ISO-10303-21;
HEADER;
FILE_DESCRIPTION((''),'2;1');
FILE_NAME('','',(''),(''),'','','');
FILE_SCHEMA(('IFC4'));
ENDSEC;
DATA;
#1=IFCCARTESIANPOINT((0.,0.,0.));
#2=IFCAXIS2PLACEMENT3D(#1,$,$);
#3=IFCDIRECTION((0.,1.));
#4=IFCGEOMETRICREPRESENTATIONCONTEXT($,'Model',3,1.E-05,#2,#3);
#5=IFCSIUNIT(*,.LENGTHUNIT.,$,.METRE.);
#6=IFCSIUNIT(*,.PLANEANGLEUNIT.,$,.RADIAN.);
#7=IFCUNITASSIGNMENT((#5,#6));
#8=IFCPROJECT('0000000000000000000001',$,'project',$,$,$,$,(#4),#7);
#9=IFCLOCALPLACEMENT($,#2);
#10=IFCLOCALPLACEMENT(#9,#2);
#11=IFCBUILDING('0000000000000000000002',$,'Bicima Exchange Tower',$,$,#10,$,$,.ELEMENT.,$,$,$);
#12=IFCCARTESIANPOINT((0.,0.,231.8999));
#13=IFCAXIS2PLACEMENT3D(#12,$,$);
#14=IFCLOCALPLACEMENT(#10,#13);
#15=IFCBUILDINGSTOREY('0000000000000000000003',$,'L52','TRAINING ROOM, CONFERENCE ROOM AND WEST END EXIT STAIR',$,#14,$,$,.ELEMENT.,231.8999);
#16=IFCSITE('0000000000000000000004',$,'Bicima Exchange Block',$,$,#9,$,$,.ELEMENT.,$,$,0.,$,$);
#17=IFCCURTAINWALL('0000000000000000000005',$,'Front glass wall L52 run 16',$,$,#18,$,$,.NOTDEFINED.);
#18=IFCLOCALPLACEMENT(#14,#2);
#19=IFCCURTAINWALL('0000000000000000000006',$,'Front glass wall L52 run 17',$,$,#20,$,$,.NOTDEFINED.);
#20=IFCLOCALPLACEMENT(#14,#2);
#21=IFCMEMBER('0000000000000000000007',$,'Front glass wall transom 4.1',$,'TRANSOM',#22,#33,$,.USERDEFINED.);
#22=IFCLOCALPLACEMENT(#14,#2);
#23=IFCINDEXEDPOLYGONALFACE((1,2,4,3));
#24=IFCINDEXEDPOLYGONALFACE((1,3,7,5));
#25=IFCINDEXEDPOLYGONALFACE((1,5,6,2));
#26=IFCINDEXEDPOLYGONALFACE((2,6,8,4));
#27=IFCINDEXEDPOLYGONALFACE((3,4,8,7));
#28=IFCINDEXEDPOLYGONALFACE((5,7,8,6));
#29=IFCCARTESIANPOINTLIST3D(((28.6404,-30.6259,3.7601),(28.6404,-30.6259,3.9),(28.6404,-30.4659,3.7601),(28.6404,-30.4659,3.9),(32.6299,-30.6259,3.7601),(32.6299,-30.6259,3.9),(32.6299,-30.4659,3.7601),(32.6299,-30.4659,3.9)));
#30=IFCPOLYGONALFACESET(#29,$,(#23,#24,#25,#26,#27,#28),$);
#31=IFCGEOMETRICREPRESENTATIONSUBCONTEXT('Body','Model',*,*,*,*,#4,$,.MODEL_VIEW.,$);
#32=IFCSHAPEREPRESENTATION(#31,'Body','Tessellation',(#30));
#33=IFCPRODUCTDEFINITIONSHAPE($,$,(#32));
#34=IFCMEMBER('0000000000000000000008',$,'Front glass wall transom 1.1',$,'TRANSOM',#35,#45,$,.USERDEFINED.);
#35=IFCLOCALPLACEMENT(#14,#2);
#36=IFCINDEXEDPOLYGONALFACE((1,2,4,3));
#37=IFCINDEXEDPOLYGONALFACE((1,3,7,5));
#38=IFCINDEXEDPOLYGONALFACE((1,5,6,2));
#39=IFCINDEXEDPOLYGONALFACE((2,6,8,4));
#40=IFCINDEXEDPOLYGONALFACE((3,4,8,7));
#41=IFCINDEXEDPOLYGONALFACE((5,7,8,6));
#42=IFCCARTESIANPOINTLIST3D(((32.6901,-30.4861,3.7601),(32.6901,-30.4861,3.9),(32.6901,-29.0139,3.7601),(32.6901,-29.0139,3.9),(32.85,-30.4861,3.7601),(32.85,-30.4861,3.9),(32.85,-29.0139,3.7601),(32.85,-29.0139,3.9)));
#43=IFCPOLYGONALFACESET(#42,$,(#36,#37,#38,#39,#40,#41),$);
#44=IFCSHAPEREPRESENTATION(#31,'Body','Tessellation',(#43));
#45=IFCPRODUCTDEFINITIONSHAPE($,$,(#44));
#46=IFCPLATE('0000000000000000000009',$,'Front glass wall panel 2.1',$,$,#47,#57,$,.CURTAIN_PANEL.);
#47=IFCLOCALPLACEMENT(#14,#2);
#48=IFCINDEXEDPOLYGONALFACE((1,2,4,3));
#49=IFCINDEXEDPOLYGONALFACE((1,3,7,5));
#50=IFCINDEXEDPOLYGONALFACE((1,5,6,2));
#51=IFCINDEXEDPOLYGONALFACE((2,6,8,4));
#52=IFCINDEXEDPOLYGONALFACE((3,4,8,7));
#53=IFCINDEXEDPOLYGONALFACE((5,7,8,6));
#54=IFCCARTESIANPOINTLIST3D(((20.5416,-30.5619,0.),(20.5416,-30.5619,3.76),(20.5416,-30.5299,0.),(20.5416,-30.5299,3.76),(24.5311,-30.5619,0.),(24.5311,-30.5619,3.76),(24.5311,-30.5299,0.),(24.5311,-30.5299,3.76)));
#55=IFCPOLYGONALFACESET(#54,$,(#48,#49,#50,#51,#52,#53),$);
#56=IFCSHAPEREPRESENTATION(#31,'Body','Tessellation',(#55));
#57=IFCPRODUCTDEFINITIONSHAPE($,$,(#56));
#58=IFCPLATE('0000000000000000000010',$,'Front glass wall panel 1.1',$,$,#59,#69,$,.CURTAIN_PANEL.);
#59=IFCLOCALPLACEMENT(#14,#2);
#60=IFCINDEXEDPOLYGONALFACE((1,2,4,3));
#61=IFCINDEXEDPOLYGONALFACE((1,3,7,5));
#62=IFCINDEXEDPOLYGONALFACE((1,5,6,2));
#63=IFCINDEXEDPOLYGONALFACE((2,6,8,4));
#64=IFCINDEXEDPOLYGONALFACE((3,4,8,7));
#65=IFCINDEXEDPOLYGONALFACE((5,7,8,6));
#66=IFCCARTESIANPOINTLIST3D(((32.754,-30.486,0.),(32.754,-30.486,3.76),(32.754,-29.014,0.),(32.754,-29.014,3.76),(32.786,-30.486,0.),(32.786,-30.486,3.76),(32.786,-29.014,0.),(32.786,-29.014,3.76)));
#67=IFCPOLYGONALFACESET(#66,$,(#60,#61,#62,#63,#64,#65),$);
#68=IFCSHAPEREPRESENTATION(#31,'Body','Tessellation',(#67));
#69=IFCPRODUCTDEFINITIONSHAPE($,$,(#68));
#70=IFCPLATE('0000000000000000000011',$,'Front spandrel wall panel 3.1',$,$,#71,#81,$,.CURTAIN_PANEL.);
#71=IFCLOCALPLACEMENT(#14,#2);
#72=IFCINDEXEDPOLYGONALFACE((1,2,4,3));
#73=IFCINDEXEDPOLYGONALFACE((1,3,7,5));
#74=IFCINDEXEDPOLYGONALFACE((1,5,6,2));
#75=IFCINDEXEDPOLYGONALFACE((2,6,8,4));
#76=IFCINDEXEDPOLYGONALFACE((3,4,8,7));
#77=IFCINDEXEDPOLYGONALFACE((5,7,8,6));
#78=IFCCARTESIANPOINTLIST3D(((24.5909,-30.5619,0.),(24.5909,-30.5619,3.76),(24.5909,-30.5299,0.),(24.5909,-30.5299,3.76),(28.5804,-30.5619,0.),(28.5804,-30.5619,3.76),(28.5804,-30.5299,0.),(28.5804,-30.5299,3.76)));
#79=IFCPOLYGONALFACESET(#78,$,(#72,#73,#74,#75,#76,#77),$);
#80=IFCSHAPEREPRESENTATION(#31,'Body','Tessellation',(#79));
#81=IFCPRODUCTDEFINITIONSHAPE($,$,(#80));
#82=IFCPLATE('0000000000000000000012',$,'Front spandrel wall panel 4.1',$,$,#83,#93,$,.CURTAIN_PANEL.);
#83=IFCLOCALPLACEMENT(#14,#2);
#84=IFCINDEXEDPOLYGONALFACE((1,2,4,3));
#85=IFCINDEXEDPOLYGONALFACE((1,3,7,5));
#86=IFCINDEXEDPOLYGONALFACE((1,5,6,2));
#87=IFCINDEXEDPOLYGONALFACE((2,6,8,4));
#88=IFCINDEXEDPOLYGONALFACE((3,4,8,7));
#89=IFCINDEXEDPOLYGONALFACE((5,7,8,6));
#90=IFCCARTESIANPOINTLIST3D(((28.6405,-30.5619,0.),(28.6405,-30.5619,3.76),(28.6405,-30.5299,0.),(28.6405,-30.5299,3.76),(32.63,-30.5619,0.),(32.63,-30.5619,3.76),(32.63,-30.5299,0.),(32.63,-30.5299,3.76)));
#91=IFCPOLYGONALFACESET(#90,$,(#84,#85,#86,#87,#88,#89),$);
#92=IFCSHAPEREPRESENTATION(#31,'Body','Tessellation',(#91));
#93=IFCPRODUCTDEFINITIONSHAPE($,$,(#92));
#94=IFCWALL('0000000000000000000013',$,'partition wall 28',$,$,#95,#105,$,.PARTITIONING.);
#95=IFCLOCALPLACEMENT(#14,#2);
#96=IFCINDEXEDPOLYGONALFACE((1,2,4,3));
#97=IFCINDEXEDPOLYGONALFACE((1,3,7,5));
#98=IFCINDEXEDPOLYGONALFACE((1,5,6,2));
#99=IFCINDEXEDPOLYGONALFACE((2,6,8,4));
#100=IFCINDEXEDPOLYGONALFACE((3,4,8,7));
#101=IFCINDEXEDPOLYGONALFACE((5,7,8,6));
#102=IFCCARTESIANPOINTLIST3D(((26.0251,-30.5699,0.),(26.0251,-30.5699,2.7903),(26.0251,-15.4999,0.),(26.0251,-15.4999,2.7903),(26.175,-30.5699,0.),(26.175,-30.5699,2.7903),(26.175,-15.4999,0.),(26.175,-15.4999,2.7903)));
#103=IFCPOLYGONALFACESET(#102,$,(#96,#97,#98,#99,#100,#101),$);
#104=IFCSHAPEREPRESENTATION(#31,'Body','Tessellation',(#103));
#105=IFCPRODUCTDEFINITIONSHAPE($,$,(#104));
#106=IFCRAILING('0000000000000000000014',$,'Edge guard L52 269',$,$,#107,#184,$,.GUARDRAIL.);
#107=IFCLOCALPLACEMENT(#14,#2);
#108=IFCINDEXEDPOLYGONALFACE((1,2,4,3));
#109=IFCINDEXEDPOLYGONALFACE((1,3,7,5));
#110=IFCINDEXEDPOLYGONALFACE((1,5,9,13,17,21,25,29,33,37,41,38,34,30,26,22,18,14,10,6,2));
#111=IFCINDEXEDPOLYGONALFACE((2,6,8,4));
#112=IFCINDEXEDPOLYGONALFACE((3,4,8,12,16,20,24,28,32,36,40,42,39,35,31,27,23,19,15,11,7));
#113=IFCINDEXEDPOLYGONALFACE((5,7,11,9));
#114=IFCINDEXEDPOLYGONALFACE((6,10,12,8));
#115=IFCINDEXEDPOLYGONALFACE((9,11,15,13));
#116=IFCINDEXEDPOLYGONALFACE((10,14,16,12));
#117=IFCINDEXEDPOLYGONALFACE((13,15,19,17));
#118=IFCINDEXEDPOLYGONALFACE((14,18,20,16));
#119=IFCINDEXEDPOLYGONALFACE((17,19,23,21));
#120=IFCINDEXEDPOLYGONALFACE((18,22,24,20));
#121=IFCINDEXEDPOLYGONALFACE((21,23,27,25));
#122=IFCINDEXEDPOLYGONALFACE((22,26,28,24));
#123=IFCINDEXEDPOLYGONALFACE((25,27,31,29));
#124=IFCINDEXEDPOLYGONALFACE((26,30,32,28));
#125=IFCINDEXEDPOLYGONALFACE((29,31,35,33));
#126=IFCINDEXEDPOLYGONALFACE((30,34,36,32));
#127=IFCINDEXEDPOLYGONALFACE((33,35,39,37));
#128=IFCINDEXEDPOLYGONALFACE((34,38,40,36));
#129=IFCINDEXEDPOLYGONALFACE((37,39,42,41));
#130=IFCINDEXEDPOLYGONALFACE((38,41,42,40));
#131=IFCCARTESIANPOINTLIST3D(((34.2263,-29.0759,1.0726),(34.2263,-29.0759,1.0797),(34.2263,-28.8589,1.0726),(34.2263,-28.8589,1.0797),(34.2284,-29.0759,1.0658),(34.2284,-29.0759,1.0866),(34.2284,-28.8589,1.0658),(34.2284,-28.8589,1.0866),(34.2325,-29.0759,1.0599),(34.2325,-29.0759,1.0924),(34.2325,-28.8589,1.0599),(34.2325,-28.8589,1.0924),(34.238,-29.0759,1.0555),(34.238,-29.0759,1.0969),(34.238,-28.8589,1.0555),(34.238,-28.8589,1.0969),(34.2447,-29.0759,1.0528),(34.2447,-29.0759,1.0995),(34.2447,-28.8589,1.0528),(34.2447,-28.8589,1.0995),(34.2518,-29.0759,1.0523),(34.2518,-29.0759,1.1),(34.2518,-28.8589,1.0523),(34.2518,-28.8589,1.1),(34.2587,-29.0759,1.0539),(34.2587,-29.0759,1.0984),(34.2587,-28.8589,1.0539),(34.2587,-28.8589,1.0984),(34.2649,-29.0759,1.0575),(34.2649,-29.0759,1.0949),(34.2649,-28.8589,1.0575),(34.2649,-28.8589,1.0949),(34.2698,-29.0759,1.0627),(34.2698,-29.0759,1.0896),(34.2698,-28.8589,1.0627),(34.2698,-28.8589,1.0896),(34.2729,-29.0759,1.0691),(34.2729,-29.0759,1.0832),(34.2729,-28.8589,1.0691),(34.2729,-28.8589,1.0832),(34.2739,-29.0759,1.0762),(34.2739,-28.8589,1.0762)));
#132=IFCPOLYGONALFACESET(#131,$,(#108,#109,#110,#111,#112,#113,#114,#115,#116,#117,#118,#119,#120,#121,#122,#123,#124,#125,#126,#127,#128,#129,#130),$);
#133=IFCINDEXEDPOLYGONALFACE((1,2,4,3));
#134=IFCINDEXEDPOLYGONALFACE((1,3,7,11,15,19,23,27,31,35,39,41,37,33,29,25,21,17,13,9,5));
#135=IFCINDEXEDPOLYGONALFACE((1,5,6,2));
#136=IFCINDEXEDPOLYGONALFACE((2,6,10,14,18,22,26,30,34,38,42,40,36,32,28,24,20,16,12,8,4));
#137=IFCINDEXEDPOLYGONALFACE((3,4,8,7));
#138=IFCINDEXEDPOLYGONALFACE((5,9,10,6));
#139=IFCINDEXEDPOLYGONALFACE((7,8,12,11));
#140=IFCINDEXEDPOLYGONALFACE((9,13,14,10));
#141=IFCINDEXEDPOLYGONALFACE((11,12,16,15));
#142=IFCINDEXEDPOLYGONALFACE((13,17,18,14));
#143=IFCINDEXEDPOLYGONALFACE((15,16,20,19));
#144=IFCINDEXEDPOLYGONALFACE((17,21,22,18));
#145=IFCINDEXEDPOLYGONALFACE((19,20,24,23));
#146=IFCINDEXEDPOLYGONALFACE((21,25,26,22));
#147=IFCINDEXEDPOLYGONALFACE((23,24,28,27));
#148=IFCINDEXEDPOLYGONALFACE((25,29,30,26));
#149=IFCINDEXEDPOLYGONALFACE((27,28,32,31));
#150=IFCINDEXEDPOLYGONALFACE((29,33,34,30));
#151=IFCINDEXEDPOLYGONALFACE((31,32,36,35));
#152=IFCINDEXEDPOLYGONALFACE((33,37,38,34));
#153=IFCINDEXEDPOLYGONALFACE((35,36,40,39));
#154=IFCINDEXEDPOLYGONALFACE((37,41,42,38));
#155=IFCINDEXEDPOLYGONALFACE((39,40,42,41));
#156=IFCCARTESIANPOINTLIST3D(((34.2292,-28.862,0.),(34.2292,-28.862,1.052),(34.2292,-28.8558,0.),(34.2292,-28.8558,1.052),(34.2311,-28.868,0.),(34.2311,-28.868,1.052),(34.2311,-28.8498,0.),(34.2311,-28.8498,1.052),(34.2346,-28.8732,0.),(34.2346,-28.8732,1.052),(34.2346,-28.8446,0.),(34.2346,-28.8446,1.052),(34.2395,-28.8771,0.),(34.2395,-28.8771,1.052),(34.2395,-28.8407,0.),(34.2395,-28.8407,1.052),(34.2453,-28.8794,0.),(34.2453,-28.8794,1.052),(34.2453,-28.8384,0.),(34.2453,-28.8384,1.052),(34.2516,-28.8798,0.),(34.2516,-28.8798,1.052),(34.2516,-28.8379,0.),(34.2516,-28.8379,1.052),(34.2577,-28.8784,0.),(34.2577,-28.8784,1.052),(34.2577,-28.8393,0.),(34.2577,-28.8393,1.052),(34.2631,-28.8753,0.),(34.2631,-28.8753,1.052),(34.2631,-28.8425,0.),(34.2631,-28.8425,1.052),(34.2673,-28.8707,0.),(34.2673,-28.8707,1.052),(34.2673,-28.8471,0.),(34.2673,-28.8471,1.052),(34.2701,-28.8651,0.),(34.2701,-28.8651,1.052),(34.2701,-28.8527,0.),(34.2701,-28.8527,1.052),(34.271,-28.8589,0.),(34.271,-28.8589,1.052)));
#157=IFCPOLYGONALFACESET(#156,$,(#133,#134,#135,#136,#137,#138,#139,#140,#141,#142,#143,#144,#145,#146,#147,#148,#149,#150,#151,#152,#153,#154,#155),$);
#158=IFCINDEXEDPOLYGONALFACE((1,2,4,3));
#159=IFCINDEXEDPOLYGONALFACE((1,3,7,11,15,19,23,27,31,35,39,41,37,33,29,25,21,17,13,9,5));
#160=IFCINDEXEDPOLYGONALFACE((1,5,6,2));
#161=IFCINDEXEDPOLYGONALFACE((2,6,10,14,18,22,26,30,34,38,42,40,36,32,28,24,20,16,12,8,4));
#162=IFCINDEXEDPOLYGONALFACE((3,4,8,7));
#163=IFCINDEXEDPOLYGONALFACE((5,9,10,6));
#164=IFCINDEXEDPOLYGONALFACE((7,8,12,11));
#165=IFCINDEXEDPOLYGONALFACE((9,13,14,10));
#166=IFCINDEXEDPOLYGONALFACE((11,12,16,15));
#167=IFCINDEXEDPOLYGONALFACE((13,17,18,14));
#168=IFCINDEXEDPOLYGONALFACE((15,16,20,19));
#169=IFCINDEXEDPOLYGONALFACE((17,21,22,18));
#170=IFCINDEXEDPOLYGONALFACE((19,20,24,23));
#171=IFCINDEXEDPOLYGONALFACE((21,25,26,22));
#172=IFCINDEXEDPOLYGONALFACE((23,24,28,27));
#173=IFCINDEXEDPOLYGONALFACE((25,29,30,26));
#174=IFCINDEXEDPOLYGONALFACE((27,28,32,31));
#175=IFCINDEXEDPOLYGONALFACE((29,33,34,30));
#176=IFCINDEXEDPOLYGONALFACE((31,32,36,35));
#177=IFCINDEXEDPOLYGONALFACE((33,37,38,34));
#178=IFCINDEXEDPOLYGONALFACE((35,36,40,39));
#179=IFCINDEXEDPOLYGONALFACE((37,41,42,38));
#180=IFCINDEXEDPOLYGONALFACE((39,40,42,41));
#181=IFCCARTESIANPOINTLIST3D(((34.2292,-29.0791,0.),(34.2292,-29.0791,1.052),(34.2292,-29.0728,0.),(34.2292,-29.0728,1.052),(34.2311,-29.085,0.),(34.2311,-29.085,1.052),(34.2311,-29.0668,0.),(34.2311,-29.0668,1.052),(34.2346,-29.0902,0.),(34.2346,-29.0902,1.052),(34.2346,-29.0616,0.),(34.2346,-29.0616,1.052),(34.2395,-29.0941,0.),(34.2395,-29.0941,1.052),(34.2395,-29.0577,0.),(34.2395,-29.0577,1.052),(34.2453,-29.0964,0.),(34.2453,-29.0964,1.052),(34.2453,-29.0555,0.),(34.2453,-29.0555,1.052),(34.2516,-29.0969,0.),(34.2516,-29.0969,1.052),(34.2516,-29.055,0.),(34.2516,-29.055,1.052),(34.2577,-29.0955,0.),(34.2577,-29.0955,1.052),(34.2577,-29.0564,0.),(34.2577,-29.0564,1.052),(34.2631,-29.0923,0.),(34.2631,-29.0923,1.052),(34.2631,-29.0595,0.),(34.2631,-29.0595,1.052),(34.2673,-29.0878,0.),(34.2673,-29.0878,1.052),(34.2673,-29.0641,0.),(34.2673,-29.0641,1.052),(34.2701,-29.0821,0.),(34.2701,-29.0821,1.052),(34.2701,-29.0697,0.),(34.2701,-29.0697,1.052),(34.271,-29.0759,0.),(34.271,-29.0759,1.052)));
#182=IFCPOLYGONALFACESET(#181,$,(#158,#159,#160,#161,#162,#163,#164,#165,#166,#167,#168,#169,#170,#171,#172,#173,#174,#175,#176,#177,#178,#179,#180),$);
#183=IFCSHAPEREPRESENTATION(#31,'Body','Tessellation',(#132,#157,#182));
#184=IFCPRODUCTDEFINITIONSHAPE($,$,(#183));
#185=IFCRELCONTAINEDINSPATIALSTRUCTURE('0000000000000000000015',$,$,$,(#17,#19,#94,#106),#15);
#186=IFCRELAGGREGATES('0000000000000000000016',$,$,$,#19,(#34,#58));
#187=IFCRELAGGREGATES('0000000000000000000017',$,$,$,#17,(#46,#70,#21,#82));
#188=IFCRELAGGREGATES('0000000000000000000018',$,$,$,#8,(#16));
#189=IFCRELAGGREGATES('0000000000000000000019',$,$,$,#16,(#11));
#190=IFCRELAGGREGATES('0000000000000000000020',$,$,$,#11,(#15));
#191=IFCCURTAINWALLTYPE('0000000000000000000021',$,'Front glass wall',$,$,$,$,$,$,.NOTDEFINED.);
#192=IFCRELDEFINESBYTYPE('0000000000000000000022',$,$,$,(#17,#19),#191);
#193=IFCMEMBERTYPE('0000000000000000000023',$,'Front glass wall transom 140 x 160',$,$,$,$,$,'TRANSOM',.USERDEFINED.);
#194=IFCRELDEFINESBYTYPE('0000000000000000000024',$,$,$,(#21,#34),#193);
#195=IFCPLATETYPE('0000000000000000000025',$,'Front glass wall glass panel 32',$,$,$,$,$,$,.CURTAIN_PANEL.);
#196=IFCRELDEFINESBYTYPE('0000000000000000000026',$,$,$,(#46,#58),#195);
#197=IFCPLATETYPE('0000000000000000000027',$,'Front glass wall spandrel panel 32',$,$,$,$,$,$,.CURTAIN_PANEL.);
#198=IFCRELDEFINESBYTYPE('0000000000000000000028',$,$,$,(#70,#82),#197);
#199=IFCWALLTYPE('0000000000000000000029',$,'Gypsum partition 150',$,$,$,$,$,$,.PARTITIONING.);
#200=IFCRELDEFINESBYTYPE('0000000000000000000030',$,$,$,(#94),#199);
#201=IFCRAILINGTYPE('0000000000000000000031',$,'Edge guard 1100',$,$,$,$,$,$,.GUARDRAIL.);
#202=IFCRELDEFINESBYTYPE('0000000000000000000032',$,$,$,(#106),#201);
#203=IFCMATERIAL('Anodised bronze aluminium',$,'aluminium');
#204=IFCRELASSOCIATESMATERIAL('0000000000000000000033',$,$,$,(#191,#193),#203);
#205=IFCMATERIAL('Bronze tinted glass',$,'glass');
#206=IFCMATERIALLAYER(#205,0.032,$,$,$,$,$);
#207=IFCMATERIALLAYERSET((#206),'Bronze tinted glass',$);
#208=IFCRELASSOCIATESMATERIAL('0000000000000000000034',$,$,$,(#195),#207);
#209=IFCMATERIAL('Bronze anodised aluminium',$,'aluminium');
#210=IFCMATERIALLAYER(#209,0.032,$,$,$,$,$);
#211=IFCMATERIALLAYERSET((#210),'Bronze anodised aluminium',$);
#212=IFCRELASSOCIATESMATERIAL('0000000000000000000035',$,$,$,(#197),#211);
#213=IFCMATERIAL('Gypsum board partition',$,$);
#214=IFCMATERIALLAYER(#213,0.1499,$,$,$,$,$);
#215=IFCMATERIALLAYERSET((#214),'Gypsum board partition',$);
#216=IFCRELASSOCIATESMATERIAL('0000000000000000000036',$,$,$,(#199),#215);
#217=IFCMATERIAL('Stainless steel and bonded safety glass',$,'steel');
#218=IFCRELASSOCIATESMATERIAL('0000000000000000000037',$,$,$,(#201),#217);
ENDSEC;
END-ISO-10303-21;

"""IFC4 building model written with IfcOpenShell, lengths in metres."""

from ifc_helpers import new_model, si_unit, direction, frame, frame_2d, origin, origin_2d, place, context, subcontext, project, spatial, rectangle, circle, extrude, material, layer, layer_set, material_profile, profile_set, type_object, element, aggregate, save


model = new_model("IFC4")

# Units and contexts
model_context = context("Model", 3, precision=1e-05, world=origin(), true_north=direction((0.0, 1.0)))
body_context = subcontext(model_context, "Body", "Model", "MODEL_VIEW")
ifc_project = project(units=[si_unit("LENGTHUNIT", "METRE"), si_unit("PLANEANGLEUNIT", "RADIAN")], contexts=[model_context])

# Site, building, storey
site_placement = place(None, origin())
site = spatial("IfcSite", under=ifc_project, at=site_placement, Name="Bicima Exchange Block", CompositionType="ELEMENT", RefElevation=0.0)
building_placement = place(site_placement, origin())
building = spatial("IfcBuilding", under=site, at=building_placement, Name="Bicima Exchange Tower", CompositionType="ELEMENT")
storey_placement = place(building_placement, frame((0.0, 0.0, 231.8999)))
storey = spatial("IfcBuildingStorey", under=building, at=storey_placement, Name="L52", Description="TRAINING ROOM, CONFERENCE ROOM AND WEST END EXIT STAIR", CompositionType="ELEMENT", Elevation=231.8999)

# Curtain walls
ifc_material_1 = material(Name="Anodised bronze aluminium", Category="aluminium")
curtain_wall_type = type_object("IfcCurtainWallType", Name="Front glass wall", PredefinedType="NOTDEFINED", material=ifc_material_1)
curtain_wall_1_placement = place(storey_placement, origin())
curtain_wall_1 = element("IfcCurtainWall", 1, at=curtain_wall_1_placement, inside=storey, type_object=curtain_wall_type, Name="Front glass wall L52 run 16", PredefinedType="NOTDEFINED")
curtain_wall_2_placement = place(storey_placement, origin())
curtain_wall_2 = element("IfcCurtainWall", 2, at=curtain_wall_2_placement, inside=storey, type_object=curtain_wall_type, Name="Front glass wall L52 run 17", PredefinedType="NOTDEFINED")

# Members
ifc_material_profile_1 = material_profile(ifc_material_1, rectangle(XDim=0.1599, YDim=0.1399, at=origin_2d()))
ifc_profile_set_1 = profile_set([ifc_material_profile_1], Name="Anodised bronze aluminium")
member_type_1 = type_object("IfcMemberType", Name="Front glass wall transom 140 x 160", ElementType="TRANSOM", PredefinedType="USERDEFINED", material=ifc_profile_set_1)
member_1_placement = place(storey_placement, frame((28.6404, -30.5459, 3.8301), z_axis=(1.0, 0.0, 0.0), x_axis=(0.0, 1.0, 0.0)))
member_1 = element("IfcMember", 3, at=member_1_placement, type_object=member_type_1, Name="Front glass wall transom 4.1", ObjectType="TRANSOM", PredefinedType="USERDEFINED", context=body_context, shape_type="SweptSolid", body=[
    extrude(rectangle(XDim=0.1599, YDim=0.1399, at=origin_2d()), origin(), (0.0, 0.0, 1.0), 3.9895),
])
member_2_placement = place(storey_placement, frame((32.77, -30.4861, 3.8301), z_axis=(0.0, 1.0, 0.0), x_axis=(-1.0, 0.0, 0.0)))
member_2 = element("IfcMember", 4, at=member_2_placement, type_object=member_type_1, Name="Front glass wall transom 1.1", ObjectType="TRANSOM", PredefinedType="USERDEFINED", context=body_context, shape_type="SweptSolid", body=[
    extrude(rectangle(XDim=0.1599, YDim=0.1399, at=origin_2d()), origin(), (0.0, 0.0, 1.0), 1.4722),
])

# Plates
ifc_material_2 = material(Name="Bronze tinted glass", Category="glass")
ifc_layer_1 = layer(ifc_material_2, 0.032)
ifc_layer_set_1 = layer_set([ifc_layer_1], Name="Bronze tinted glass")
plate_type_1 = type_object("IfcPlateType", Name="Front glass wall glass panel 32", PredefinedType="CURTAIN_PANEL", material=ifc_layer_set_1)
plate_1_placement = place(storey_placement, frame((22.5364, -30.5459, 0.0), z_axis=(0.0, 0.0, 1.0), x_axis=(1.0, 0.0, 0.0)))
plate_1 = element("IfcPlate", 5, at=plate_1_placement, type_object=plate_type_1, Name="Front glass wall panel 2.1", PredefinedType="CURTAIN_PANEL", context=body_context, shape_type="SweptSolid", body=[
    extrude(rectangle(XDim=3.9895, YDim=0.032, at=origin_2d()), origin(), (0.0, 0.0, 1.0), 3.76),
])
plate_2_placement = place(storey_placement, frame((32.77, -29.75, 0.0), z_axis=(0.0, 0.0, 1.0), x_axis=(0.0, 1.0, 0.0)))
plate_2 = element("IfcPlate", 6, at=plate_2_placement, type_object=plate_type_1, Name="Front glass wall panel 1.1", PredefinedType="CURTAIN_PANEL", context=body_context, shape_type="SweptSolid", body=[
    extrude(rectangle(XDim=1.4719, YDim=0.032, at=origin_2d()), origin(), (0.0, 0.0, 1.0), 3.76),
])
aggregate(curtain_wall_2, [member_2, plate_2])
ifc_material_3 = material(Name="Bronze anodised aluminium", Category="aluminium")
ifc_layer_2 = layer(ifc_material_3, 0.032)
ifc_layer_set_2 = layer_set([ifc_layer_2], Name="Bronze anodised aluminium")
plate_type_2 = type_object("IfcPlateType", Name="Front glass wall spandrel panel 32", PredefinedType="CURTAIN_PANEL", material=ifc_layer_set_2)
plate_3_placement = place(storey_placement, frame((26.5857, -30.5459, 0.0), z_axis=(0.0, 0.0, 1.0), x_axis=(1.0, 0.0, 0.0)))
plate_3 = element("IfcPlate", 7, at=plate_3_placement, type_object=plate_type_2, Name="Front spandrel wall panel 3.1", PredefinedType="CURTAIN_PANEL", context=body_context, shape_type="SweptSolid", body=[
    extrude(rectangle(XDim=3.9895, YDim=0.032, at=origin_2d()), origin(), (0.0, 0.0, 1.0), 3.76),
])
plate_4_placement = place(storey_placement, frame((30.6353, -30.5459, 0.0), z_axis=(0.0, 0.0, 1.0), x_axis=(1.0, 0.0, 0.0)))
plate_4 = element("IfcPlate", 8, at=plate_4_placement, type_object=plate_type_2, Name="Front spandrel wall panel 4.1", PredefinedType="CURTAIN_PANEL", context=body_context, shape_type="SweptSolid", body=[
    extrude(rectangle(XDim=3.9895, YDim=0.032, at=origin_2d()), origin(), (0.0, 0.0, 1.0), 3.76),
])
aggregate(curtain_wall_1, [plate_1, plate_3, member_1, plate_4])

# Wall
ifc_material_4 = material(Name="Gypsum board partition")
ifc_layer_3 = layer(ifc_material_4, 0.1499)
ifc_layer_set_3 = layer_set([ifc_layer_3], Name="Gypsum board partition")
wall_type = type_object("IfcWallType", Name="Gypsum partition 150", PredefinedType="PARTITIONING", material=ifc_layer_set_3)
wall_placement = place(storey_placement, frame((26.1001, -30.5701, 0.0), z_axis=(0.0, 0.0, 1.0), x_axis=(0.0, 1.0, 0.0)))
element("IfcWall", 9, at=wall_placement, inside=storey, type_object=wall_type, Name="partition wall 28", PredefinedType="PARTITIONING", context=body_context, shape_type="SweptSolid", body=[
    extrude(rectangle(XDim=15.0701, YDim=0.1499, at=frame_2d((7.5352, 0.0))), origin(), (0.0, 0.0, 1.0), 2.7903),
])

# Railing
ifc_material_5 = material(Name="Stainless steel and bonded safety glass", Category="steel")
railing_type = type_object("IfcRailingType", Name="Edge guard 1100", PredefinedType="GUARDRAIL", material=ifc_material_5)
railing_1_placement = place(storey_placement, frame((34.25, -28.8589, 0.0)))
element("IfcRailing", 10, at=railing_1_placement, inside=storey, type_object=railing_type, Name="Edge guard L52 269", PredefinedType="GUARDRAIL", context=body_context, shape_type="SweptSolid", body=[
    extrude(circle(Radius=0.0239, at=origin_2d()), frame((0.0, 0.0, 1.0762), z_axis=(0.0, -1.0, 0.0), x_axis=(1.0, 0.0, 0.0)), (0.0, 0.0, 1.0), 0.217),
    extrude(circle(Radius=0.021, at=origin_2d()), origin(), (0.0, 0.0, 1.0), 1.052),
    extrude(circle(Radius=0.021, at=origin_2d()), frame((0.0, -0.217, 0.0)), (0.0, 0.0, 1.0), 1.052),
])

save(model, "model.ifc")
